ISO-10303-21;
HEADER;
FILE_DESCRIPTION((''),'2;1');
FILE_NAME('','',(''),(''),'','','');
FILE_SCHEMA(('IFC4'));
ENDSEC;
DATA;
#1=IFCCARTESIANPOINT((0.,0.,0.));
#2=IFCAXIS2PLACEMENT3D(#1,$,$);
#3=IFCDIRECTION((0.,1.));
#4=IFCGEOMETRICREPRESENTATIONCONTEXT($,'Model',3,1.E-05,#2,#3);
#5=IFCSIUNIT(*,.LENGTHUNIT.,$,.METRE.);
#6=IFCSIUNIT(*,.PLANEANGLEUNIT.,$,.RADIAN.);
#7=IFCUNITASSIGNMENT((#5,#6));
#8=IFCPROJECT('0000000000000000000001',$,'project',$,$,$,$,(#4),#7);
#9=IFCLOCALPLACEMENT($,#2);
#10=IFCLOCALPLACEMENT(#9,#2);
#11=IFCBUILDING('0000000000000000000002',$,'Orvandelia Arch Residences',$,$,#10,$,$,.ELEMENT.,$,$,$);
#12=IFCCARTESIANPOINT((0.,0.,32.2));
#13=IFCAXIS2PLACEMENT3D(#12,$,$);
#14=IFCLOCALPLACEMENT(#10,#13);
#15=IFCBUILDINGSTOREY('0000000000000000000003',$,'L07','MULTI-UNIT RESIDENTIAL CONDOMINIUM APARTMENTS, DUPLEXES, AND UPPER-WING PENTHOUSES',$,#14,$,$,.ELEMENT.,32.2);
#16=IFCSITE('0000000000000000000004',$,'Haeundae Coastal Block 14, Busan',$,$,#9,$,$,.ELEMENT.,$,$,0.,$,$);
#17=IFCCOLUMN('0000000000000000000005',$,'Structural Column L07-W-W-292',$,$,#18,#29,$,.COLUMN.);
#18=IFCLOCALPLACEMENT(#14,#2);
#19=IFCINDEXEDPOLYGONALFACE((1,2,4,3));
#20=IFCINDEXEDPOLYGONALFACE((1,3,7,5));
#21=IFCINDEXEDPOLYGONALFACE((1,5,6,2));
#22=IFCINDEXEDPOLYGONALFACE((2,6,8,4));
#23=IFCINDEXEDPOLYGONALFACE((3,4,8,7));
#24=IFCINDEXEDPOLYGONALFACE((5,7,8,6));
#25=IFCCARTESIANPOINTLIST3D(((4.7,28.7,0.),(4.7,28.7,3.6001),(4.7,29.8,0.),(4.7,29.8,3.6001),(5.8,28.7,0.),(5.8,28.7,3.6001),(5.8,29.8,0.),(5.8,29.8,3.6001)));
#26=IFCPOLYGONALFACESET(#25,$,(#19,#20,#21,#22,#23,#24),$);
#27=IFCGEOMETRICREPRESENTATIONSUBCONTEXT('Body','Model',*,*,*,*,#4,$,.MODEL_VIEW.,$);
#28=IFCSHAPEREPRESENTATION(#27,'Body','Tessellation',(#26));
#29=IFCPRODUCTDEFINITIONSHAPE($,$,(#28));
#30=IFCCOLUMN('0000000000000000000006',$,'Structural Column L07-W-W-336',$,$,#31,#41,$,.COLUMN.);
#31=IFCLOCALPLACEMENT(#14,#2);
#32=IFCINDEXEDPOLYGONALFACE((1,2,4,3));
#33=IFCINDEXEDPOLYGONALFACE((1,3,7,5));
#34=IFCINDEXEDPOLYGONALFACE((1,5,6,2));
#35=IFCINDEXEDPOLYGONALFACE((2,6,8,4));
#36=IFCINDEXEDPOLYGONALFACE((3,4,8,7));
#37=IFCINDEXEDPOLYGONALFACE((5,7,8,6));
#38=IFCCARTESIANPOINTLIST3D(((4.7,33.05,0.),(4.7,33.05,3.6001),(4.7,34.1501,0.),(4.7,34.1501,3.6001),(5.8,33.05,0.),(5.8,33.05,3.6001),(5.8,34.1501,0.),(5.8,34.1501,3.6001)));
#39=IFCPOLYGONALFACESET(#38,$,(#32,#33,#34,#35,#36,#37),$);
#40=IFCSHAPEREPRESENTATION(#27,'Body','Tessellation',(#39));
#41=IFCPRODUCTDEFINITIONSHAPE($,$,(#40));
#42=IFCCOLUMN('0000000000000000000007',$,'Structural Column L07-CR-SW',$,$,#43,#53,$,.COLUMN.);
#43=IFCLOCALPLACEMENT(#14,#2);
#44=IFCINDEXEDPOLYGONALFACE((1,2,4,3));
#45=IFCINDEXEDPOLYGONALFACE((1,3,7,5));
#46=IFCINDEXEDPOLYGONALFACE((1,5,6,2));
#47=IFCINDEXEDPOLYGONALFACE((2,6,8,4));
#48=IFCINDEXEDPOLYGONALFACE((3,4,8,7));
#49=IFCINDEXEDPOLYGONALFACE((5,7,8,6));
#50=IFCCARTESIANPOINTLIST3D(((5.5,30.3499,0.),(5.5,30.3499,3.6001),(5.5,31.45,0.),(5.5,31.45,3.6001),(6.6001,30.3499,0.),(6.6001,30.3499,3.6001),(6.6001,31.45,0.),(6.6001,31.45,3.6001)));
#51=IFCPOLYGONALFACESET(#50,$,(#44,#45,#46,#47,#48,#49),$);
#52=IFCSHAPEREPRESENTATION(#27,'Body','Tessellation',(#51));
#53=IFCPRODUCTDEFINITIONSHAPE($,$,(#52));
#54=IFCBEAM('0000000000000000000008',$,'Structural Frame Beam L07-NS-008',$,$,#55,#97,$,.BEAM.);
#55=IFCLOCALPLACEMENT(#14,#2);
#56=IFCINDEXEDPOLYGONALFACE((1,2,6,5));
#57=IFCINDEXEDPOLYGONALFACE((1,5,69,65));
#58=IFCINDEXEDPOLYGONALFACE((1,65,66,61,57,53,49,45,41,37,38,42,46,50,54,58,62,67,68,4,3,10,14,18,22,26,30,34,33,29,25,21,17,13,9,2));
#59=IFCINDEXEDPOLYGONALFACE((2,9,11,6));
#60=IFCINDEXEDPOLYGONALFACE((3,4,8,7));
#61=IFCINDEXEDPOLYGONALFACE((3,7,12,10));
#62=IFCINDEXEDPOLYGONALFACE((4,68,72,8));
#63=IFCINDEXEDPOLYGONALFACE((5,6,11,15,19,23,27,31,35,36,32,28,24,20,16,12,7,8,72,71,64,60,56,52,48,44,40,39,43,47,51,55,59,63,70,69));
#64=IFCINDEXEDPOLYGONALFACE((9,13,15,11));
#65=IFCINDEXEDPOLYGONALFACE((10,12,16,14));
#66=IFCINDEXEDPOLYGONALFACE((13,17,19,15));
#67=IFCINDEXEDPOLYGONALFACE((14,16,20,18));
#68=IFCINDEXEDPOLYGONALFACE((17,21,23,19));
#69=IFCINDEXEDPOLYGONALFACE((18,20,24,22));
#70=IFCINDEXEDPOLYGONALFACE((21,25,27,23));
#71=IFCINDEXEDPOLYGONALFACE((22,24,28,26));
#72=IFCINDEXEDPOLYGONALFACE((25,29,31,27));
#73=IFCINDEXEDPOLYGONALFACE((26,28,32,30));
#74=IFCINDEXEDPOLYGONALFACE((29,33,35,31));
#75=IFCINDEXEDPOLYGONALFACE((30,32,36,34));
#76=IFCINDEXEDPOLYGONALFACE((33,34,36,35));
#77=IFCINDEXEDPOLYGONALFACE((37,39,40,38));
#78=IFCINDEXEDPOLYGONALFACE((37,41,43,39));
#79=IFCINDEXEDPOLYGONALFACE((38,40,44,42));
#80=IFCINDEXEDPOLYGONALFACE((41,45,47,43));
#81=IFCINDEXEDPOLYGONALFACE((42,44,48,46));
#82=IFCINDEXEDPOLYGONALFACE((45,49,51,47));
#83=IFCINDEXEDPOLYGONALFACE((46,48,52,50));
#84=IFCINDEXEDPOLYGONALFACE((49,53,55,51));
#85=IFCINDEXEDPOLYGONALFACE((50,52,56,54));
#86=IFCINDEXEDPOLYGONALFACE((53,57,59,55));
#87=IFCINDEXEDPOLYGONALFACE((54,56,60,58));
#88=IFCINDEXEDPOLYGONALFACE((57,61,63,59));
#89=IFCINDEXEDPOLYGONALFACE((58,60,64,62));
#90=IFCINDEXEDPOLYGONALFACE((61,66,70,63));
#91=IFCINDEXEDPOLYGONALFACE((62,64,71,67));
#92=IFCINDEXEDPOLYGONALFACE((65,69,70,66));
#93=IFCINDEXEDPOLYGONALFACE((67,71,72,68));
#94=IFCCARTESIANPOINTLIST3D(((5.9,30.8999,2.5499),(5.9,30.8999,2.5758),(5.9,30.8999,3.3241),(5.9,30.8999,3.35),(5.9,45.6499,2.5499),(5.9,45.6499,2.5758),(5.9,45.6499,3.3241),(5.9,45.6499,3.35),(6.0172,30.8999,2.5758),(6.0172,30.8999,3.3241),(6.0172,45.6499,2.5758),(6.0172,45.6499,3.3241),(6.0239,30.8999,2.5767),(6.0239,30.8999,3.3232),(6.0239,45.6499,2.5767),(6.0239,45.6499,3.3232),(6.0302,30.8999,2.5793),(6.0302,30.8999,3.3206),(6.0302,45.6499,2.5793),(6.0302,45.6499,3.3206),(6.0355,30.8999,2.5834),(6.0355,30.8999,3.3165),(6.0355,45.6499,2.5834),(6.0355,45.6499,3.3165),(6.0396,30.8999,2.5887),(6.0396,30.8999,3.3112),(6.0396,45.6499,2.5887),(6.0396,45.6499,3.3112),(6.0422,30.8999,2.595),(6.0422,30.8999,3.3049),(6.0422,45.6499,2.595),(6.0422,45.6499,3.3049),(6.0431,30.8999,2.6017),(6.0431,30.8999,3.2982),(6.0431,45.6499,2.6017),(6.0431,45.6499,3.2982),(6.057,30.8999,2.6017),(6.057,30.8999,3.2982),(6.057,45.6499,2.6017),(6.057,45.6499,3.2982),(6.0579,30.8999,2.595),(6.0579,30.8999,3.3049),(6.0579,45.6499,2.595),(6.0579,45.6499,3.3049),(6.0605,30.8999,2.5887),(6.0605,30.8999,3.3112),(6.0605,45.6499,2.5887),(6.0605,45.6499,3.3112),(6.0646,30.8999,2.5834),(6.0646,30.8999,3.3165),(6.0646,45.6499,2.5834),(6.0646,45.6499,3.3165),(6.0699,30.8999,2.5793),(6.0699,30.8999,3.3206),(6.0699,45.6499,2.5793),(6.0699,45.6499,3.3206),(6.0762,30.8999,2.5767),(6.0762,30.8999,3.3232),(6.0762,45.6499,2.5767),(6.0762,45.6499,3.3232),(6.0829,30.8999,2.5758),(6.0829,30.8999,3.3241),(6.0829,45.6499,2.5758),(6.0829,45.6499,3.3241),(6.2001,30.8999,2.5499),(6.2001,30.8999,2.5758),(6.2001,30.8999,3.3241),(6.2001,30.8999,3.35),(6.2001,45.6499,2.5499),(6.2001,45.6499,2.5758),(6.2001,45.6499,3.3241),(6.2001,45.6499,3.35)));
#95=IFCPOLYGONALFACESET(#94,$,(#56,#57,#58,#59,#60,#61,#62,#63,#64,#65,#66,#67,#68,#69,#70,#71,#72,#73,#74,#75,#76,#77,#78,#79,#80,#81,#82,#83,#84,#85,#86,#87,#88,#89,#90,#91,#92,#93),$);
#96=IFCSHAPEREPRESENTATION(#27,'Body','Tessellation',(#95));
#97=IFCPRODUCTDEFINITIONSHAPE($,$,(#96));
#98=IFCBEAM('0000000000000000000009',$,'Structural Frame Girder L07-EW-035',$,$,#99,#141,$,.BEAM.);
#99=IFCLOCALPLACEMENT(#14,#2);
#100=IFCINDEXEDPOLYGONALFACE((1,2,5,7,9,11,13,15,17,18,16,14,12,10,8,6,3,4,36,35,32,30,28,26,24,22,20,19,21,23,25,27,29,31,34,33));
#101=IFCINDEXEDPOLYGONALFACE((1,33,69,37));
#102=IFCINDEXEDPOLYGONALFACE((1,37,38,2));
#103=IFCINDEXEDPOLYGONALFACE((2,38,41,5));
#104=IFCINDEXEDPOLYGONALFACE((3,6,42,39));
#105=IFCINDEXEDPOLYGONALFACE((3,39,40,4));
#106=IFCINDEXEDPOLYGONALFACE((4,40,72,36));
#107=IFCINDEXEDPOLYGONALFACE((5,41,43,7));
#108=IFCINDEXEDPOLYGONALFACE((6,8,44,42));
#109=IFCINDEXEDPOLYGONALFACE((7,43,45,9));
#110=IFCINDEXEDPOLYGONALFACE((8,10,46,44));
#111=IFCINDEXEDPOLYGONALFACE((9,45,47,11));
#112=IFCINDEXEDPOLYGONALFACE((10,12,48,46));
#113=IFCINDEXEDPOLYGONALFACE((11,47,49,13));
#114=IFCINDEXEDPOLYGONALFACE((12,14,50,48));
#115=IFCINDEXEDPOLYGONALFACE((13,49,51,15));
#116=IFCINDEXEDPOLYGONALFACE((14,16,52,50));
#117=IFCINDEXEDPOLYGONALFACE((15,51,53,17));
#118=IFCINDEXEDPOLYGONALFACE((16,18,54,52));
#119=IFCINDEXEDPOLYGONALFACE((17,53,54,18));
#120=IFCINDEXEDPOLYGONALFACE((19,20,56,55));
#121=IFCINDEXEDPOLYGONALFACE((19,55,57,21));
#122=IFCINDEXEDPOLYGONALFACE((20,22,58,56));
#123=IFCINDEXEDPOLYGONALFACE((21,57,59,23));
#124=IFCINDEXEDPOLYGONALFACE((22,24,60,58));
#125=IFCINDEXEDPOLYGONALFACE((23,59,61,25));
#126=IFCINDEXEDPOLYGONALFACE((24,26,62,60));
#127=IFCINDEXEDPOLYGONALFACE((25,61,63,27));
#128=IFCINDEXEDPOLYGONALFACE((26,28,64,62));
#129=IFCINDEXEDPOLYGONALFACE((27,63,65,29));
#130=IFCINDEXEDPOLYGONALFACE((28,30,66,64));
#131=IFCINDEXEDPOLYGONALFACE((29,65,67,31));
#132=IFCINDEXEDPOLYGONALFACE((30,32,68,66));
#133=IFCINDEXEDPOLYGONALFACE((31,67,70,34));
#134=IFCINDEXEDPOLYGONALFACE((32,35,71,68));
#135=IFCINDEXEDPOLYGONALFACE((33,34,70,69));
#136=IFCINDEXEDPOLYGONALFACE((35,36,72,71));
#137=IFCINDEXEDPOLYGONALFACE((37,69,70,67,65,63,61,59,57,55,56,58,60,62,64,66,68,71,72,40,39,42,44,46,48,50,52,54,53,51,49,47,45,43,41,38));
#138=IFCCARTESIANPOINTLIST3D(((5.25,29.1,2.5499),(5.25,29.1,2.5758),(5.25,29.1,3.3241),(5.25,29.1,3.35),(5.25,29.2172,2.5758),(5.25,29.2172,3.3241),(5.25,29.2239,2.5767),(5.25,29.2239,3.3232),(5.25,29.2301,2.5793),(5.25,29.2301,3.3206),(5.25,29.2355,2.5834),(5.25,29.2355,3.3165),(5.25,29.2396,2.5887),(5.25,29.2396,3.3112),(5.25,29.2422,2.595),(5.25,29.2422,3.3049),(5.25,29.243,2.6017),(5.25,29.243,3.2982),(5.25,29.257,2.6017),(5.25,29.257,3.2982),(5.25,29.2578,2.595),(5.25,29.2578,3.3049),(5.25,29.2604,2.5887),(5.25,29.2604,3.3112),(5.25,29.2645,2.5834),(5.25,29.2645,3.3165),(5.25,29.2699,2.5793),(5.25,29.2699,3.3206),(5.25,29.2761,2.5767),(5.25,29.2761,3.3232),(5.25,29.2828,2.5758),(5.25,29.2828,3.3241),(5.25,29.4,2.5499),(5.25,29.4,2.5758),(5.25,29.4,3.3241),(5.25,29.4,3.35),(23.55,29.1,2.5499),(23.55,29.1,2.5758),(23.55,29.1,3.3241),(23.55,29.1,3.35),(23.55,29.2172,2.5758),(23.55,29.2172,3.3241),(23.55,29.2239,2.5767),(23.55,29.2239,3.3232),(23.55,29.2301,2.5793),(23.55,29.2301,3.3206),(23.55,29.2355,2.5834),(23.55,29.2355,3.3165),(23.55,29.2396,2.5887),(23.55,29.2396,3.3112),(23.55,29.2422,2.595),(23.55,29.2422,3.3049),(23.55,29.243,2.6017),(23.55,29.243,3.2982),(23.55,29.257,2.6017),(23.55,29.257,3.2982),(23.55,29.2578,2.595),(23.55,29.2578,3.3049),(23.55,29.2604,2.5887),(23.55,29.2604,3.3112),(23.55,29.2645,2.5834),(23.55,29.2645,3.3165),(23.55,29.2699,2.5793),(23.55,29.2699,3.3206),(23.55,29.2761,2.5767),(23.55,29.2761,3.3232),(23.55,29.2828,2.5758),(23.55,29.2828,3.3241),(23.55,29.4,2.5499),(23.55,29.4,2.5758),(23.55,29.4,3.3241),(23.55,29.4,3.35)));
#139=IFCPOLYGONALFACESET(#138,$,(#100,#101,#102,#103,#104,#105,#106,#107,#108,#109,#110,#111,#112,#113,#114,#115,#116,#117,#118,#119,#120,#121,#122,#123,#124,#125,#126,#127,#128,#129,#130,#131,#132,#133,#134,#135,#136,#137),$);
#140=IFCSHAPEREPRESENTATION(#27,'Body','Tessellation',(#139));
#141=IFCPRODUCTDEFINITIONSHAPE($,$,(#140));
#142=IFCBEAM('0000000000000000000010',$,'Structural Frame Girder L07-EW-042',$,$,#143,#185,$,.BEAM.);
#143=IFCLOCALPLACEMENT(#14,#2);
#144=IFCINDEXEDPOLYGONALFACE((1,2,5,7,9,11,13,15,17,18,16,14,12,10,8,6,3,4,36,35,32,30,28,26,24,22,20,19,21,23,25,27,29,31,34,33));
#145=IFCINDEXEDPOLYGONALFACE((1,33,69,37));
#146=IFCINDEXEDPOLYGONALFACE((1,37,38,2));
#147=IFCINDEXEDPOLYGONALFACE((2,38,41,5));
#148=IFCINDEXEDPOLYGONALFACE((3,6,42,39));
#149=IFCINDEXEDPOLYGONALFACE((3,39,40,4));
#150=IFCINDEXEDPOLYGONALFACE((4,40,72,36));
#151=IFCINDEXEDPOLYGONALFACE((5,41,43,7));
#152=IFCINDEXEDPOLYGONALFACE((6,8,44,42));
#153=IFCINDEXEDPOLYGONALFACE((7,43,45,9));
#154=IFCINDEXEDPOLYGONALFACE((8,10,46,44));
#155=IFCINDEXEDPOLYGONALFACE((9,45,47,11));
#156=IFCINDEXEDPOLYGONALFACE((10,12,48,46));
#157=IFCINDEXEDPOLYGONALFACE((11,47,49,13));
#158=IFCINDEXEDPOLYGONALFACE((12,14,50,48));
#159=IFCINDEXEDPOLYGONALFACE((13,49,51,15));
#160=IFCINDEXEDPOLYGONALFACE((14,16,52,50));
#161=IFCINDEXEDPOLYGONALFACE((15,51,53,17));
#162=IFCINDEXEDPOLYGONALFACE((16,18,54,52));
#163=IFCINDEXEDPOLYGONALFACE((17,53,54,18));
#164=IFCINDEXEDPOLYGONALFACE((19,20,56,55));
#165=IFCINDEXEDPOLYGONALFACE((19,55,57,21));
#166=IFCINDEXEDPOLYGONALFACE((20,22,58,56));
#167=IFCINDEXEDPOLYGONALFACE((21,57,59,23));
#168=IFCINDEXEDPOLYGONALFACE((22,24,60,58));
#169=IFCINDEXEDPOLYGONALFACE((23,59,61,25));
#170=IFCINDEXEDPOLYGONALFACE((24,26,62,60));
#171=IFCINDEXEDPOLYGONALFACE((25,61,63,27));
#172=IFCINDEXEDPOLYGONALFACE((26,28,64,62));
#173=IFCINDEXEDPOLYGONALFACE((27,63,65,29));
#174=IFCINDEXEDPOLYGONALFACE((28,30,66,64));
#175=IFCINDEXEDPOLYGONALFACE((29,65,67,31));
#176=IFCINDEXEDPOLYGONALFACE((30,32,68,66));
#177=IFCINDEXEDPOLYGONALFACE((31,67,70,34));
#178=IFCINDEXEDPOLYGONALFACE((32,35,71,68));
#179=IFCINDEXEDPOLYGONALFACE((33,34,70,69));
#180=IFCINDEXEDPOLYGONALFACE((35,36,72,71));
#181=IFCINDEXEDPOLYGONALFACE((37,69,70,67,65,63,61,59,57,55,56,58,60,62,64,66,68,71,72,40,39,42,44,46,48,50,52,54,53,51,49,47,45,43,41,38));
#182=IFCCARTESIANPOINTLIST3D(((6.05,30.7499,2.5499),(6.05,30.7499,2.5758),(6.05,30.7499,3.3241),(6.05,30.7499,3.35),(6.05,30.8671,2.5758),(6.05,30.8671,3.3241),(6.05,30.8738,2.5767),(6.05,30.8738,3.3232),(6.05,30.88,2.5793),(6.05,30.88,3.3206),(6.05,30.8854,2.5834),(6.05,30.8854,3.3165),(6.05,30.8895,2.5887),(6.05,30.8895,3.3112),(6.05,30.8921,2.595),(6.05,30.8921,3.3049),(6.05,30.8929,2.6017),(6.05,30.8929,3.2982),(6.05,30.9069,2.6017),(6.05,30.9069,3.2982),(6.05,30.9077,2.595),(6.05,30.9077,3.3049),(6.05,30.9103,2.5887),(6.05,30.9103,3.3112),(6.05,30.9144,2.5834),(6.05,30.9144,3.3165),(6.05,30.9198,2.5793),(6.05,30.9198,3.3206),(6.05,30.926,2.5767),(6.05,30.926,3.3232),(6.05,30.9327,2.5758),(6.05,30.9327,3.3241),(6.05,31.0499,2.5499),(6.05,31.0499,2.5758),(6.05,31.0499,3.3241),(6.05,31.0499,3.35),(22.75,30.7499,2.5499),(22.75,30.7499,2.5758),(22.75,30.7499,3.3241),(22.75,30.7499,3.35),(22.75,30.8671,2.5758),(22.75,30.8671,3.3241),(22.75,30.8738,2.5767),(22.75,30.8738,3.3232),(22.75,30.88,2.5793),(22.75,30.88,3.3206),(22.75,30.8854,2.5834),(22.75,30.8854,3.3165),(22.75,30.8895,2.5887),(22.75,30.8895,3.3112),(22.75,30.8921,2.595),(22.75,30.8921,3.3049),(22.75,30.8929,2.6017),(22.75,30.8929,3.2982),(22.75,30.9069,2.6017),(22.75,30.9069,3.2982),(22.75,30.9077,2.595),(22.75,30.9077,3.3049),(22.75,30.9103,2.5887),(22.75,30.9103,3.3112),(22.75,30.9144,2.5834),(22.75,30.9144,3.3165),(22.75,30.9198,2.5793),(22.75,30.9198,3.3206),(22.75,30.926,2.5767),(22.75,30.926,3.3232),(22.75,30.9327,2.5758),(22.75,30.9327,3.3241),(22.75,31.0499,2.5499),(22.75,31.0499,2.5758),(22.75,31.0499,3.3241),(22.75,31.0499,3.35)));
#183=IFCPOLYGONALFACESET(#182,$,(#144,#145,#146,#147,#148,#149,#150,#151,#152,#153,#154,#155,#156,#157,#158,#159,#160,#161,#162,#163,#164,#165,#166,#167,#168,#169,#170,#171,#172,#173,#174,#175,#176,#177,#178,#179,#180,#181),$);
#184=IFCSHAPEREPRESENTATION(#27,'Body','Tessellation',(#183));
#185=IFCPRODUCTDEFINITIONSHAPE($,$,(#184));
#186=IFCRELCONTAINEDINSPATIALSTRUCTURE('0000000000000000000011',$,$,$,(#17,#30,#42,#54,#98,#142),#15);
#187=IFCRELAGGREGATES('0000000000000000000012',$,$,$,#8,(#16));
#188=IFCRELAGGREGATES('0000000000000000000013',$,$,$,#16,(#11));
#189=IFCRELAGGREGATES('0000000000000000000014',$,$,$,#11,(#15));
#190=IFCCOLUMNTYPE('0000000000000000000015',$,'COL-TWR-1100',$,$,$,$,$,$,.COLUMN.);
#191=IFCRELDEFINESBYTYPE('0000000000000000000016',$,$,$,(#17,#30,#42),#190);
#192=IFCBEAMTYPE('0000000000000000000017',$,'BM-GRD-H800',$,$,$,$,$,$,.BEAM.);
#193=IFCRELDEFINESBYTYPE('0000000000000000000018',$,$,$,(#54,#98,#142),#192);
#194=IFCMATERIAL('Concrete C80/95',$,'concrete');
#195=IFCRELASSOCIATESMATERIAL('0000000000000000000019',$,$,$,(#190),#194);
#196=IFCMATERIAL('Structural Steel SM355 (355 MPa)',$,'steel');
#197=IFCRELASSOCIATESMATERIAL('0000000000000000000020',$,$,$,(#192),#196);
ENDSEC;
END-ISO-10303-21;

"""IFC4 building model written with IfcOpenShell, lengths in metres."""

from ifc_helpers import new_model, si_unit, direction, frame, origin, origin_2d, place, context, subcontext, project, spatial, rectangle, i_section, extrude, material, material_profile, profile_set, type_object, element, save


model = new_model("IFC4")

# Units and contexts
model_context = context("Model", 3, precision=1e-05, world=origin(), true_north=direction((0.0, 1.0)))
body_context = subcontext(model_context, "Body", "Model", "MODEL_VIEW")
ifc_project = project(units=[si_unit("LENGTHUNIT", "METRE"), si_unit("PLANEANGLEUNIT", "RADIAN")], contexts=[model_context])

# Site, building, storey
site_placement = place(None, origin())
site = spatial("IfcSite", under=ifc_project, at=site_placement, Name="Haeundae Coastal Block 14, Busan", CompositionType="ELEMENT", RefElevation=0.0)
building_placement = place(site_placement, origin())
building = spatial("IfcBuilding", under=site, at=building_placement, Name="Orvandelia Arch Residences", CompositionType="ELEMENT")
storey_placement = place(building_placement, frame((0.0, 0.0, 32.2)))
storey = spatial("IfcBuildingStorey", under=building, at=storey_placement, Name="L07", Description="MULTI-UNIT RESIDENTIAL CONDOMINIUM APARTMENTS, DUPLEXES, AND UPPER-WING PENTHOUSES", CompositionType="ELEMENT", Elevation=32.2)

# Columns
ifc_material_1 = material(Name="Concrete C80/95", Category="concrete")
ifc_material_profile_1 = material_profile(ifc_material_1, rectangle(XDim=1.1001, YDim=1.1001, at=origin_2d()), Name="Concrete C80/95", Category="concrete")
ifc_profile_set_1 = profile_set([ifc_material_profile_1], Name="Concrete C80/95")
column_type = type_object("IfcColumnType", Name="COL-TWR-1100", PredefinedType="COLUMN", material=ifc_profile_set_1)
for number, where, z_axis, x_axis, name in (
    (1, (5.25, 29.25, 0.0), (0.0, 0.0, 1.0), (1.0, 0.0, 0.0), "Structural Column L07-W-W-292"),
    (2, (5.25, 33.6001, 0.0), (0.0, 0.0, 1.0), (1.0, 0.0, 0.0), "Structural Column L07-W-W-336"),
    (3, (6.05, 30.8999, 0.0), (0.0, 0.0, 1.0), (1.0, 0.0, 0.0), "Structural Column L07-CR-SW"),
):
    element("IfcColumn", number, at=place(storey_placement, frame(where, z_axis=z_axis, x_axis=x_axis)), inside=storey, type_object=column_type, Name=name, PredefinedType="COLUMN", context=body_context, shape_type="SweptSolid", body=[
        extrude(rectangle(XDim=1.1001, YDim=1.1001, at=origin_2d()), origin(), (0.0, 0.0, 1.0), 3.6001),
    ])

# Beams
ifc_material_2 = material(Name="Structural Steel SM355 (355 MPa)", Category="steel")
ifc_material_profile_2 = material_profile(ifc_material_2, i_section(OverallWidth=0.3, OverallDepth=0.8, WebThickness=0.0139, FlangeThickness=0.0259, FilletRadius=0.0259, at=origin_2d()), Name="Structural Steel SM355 (355 MPa)", Category="steel")
ifc_profile_set_2 = profile_set([ifc_material_profile_2], Name="Structural Steel SM355 (355 MPa)")
beam_type_1 = type_object("IfcBeamType", Name="BM-GRD-H800", PredefinedType="BEAM", material=ifc_profile_set_2)
beam_1_placement = place(storey_placement, frame((6.05, 30.8999, 2.95), z_axis=(0.0, 1.0, 0.0), x_axis=(-1.0, 0.0, 0.0)))
element("IfcBeam", 4, at=beam_1_placement, inside=storey, type_object=beam_type_1, Name="Structural Frame Beam L07-NS-008", PredefinedType="BEAM", context=body_context, shape_type="SweptSolid", body=[
    extrude(i_section(OverallWidth=0.3, OverallDepth=0.8, WebThickness=0.0139, FlangeThickness=0.0259, FilletRadius=0.0259, at=origin_2d()), origin(), (0.0, 0.0, 1.0), 14.75),
])
beam_2_placement = place(storey_placement, frame((5.25, 29.25, 2.95), z_axis=(1.0, 0.0, 0.0), x_axis=(0.0, 1.0, 0.0)))
element("IfcBeam", 5, at=beam_2_placement, inside=storey, type_object=beam_type_1, Name="Structural Frame Girder L07-EW-035", PredefinedType="BEAM", context=body_context, shape_type="SweptSolid", body=[
    extrude(i_section(OverallWidth=0.3, OverallDepth=0.8, WebThickness=0.0139, FlangeThickness=0.0259, FilletRadius=0.0259, at=origin_2d()), origin(), (0.0, 0.0, 1.0), 18.3),
])
beam_3_placement = place(storey_placement, frame((6.05, 30.8999, 2.95), z_axis=(1.0, 0.0, 0.0), x_axis=(0.0, 1.0, 0.0)))
element("IfcBeam", 6, at=beam_3_placement, inside=storey, type_object=beam_type_1, Name="Structural Frame Girder L07-EW-042", PredefinedType="BEAM", context=body_context, shape_type="SweptSolid", body=[
    extrude(i_section(OverallWidth=0.3, OverallDepth=0.8, WebThickness=0.0139, FlangeThickness=0.0259, FilletRadius=0.0259, at=origin_2d()), origin(), (0.0, 0.0, 1.0), 16.7),
])

save(model, "model.ifc")
